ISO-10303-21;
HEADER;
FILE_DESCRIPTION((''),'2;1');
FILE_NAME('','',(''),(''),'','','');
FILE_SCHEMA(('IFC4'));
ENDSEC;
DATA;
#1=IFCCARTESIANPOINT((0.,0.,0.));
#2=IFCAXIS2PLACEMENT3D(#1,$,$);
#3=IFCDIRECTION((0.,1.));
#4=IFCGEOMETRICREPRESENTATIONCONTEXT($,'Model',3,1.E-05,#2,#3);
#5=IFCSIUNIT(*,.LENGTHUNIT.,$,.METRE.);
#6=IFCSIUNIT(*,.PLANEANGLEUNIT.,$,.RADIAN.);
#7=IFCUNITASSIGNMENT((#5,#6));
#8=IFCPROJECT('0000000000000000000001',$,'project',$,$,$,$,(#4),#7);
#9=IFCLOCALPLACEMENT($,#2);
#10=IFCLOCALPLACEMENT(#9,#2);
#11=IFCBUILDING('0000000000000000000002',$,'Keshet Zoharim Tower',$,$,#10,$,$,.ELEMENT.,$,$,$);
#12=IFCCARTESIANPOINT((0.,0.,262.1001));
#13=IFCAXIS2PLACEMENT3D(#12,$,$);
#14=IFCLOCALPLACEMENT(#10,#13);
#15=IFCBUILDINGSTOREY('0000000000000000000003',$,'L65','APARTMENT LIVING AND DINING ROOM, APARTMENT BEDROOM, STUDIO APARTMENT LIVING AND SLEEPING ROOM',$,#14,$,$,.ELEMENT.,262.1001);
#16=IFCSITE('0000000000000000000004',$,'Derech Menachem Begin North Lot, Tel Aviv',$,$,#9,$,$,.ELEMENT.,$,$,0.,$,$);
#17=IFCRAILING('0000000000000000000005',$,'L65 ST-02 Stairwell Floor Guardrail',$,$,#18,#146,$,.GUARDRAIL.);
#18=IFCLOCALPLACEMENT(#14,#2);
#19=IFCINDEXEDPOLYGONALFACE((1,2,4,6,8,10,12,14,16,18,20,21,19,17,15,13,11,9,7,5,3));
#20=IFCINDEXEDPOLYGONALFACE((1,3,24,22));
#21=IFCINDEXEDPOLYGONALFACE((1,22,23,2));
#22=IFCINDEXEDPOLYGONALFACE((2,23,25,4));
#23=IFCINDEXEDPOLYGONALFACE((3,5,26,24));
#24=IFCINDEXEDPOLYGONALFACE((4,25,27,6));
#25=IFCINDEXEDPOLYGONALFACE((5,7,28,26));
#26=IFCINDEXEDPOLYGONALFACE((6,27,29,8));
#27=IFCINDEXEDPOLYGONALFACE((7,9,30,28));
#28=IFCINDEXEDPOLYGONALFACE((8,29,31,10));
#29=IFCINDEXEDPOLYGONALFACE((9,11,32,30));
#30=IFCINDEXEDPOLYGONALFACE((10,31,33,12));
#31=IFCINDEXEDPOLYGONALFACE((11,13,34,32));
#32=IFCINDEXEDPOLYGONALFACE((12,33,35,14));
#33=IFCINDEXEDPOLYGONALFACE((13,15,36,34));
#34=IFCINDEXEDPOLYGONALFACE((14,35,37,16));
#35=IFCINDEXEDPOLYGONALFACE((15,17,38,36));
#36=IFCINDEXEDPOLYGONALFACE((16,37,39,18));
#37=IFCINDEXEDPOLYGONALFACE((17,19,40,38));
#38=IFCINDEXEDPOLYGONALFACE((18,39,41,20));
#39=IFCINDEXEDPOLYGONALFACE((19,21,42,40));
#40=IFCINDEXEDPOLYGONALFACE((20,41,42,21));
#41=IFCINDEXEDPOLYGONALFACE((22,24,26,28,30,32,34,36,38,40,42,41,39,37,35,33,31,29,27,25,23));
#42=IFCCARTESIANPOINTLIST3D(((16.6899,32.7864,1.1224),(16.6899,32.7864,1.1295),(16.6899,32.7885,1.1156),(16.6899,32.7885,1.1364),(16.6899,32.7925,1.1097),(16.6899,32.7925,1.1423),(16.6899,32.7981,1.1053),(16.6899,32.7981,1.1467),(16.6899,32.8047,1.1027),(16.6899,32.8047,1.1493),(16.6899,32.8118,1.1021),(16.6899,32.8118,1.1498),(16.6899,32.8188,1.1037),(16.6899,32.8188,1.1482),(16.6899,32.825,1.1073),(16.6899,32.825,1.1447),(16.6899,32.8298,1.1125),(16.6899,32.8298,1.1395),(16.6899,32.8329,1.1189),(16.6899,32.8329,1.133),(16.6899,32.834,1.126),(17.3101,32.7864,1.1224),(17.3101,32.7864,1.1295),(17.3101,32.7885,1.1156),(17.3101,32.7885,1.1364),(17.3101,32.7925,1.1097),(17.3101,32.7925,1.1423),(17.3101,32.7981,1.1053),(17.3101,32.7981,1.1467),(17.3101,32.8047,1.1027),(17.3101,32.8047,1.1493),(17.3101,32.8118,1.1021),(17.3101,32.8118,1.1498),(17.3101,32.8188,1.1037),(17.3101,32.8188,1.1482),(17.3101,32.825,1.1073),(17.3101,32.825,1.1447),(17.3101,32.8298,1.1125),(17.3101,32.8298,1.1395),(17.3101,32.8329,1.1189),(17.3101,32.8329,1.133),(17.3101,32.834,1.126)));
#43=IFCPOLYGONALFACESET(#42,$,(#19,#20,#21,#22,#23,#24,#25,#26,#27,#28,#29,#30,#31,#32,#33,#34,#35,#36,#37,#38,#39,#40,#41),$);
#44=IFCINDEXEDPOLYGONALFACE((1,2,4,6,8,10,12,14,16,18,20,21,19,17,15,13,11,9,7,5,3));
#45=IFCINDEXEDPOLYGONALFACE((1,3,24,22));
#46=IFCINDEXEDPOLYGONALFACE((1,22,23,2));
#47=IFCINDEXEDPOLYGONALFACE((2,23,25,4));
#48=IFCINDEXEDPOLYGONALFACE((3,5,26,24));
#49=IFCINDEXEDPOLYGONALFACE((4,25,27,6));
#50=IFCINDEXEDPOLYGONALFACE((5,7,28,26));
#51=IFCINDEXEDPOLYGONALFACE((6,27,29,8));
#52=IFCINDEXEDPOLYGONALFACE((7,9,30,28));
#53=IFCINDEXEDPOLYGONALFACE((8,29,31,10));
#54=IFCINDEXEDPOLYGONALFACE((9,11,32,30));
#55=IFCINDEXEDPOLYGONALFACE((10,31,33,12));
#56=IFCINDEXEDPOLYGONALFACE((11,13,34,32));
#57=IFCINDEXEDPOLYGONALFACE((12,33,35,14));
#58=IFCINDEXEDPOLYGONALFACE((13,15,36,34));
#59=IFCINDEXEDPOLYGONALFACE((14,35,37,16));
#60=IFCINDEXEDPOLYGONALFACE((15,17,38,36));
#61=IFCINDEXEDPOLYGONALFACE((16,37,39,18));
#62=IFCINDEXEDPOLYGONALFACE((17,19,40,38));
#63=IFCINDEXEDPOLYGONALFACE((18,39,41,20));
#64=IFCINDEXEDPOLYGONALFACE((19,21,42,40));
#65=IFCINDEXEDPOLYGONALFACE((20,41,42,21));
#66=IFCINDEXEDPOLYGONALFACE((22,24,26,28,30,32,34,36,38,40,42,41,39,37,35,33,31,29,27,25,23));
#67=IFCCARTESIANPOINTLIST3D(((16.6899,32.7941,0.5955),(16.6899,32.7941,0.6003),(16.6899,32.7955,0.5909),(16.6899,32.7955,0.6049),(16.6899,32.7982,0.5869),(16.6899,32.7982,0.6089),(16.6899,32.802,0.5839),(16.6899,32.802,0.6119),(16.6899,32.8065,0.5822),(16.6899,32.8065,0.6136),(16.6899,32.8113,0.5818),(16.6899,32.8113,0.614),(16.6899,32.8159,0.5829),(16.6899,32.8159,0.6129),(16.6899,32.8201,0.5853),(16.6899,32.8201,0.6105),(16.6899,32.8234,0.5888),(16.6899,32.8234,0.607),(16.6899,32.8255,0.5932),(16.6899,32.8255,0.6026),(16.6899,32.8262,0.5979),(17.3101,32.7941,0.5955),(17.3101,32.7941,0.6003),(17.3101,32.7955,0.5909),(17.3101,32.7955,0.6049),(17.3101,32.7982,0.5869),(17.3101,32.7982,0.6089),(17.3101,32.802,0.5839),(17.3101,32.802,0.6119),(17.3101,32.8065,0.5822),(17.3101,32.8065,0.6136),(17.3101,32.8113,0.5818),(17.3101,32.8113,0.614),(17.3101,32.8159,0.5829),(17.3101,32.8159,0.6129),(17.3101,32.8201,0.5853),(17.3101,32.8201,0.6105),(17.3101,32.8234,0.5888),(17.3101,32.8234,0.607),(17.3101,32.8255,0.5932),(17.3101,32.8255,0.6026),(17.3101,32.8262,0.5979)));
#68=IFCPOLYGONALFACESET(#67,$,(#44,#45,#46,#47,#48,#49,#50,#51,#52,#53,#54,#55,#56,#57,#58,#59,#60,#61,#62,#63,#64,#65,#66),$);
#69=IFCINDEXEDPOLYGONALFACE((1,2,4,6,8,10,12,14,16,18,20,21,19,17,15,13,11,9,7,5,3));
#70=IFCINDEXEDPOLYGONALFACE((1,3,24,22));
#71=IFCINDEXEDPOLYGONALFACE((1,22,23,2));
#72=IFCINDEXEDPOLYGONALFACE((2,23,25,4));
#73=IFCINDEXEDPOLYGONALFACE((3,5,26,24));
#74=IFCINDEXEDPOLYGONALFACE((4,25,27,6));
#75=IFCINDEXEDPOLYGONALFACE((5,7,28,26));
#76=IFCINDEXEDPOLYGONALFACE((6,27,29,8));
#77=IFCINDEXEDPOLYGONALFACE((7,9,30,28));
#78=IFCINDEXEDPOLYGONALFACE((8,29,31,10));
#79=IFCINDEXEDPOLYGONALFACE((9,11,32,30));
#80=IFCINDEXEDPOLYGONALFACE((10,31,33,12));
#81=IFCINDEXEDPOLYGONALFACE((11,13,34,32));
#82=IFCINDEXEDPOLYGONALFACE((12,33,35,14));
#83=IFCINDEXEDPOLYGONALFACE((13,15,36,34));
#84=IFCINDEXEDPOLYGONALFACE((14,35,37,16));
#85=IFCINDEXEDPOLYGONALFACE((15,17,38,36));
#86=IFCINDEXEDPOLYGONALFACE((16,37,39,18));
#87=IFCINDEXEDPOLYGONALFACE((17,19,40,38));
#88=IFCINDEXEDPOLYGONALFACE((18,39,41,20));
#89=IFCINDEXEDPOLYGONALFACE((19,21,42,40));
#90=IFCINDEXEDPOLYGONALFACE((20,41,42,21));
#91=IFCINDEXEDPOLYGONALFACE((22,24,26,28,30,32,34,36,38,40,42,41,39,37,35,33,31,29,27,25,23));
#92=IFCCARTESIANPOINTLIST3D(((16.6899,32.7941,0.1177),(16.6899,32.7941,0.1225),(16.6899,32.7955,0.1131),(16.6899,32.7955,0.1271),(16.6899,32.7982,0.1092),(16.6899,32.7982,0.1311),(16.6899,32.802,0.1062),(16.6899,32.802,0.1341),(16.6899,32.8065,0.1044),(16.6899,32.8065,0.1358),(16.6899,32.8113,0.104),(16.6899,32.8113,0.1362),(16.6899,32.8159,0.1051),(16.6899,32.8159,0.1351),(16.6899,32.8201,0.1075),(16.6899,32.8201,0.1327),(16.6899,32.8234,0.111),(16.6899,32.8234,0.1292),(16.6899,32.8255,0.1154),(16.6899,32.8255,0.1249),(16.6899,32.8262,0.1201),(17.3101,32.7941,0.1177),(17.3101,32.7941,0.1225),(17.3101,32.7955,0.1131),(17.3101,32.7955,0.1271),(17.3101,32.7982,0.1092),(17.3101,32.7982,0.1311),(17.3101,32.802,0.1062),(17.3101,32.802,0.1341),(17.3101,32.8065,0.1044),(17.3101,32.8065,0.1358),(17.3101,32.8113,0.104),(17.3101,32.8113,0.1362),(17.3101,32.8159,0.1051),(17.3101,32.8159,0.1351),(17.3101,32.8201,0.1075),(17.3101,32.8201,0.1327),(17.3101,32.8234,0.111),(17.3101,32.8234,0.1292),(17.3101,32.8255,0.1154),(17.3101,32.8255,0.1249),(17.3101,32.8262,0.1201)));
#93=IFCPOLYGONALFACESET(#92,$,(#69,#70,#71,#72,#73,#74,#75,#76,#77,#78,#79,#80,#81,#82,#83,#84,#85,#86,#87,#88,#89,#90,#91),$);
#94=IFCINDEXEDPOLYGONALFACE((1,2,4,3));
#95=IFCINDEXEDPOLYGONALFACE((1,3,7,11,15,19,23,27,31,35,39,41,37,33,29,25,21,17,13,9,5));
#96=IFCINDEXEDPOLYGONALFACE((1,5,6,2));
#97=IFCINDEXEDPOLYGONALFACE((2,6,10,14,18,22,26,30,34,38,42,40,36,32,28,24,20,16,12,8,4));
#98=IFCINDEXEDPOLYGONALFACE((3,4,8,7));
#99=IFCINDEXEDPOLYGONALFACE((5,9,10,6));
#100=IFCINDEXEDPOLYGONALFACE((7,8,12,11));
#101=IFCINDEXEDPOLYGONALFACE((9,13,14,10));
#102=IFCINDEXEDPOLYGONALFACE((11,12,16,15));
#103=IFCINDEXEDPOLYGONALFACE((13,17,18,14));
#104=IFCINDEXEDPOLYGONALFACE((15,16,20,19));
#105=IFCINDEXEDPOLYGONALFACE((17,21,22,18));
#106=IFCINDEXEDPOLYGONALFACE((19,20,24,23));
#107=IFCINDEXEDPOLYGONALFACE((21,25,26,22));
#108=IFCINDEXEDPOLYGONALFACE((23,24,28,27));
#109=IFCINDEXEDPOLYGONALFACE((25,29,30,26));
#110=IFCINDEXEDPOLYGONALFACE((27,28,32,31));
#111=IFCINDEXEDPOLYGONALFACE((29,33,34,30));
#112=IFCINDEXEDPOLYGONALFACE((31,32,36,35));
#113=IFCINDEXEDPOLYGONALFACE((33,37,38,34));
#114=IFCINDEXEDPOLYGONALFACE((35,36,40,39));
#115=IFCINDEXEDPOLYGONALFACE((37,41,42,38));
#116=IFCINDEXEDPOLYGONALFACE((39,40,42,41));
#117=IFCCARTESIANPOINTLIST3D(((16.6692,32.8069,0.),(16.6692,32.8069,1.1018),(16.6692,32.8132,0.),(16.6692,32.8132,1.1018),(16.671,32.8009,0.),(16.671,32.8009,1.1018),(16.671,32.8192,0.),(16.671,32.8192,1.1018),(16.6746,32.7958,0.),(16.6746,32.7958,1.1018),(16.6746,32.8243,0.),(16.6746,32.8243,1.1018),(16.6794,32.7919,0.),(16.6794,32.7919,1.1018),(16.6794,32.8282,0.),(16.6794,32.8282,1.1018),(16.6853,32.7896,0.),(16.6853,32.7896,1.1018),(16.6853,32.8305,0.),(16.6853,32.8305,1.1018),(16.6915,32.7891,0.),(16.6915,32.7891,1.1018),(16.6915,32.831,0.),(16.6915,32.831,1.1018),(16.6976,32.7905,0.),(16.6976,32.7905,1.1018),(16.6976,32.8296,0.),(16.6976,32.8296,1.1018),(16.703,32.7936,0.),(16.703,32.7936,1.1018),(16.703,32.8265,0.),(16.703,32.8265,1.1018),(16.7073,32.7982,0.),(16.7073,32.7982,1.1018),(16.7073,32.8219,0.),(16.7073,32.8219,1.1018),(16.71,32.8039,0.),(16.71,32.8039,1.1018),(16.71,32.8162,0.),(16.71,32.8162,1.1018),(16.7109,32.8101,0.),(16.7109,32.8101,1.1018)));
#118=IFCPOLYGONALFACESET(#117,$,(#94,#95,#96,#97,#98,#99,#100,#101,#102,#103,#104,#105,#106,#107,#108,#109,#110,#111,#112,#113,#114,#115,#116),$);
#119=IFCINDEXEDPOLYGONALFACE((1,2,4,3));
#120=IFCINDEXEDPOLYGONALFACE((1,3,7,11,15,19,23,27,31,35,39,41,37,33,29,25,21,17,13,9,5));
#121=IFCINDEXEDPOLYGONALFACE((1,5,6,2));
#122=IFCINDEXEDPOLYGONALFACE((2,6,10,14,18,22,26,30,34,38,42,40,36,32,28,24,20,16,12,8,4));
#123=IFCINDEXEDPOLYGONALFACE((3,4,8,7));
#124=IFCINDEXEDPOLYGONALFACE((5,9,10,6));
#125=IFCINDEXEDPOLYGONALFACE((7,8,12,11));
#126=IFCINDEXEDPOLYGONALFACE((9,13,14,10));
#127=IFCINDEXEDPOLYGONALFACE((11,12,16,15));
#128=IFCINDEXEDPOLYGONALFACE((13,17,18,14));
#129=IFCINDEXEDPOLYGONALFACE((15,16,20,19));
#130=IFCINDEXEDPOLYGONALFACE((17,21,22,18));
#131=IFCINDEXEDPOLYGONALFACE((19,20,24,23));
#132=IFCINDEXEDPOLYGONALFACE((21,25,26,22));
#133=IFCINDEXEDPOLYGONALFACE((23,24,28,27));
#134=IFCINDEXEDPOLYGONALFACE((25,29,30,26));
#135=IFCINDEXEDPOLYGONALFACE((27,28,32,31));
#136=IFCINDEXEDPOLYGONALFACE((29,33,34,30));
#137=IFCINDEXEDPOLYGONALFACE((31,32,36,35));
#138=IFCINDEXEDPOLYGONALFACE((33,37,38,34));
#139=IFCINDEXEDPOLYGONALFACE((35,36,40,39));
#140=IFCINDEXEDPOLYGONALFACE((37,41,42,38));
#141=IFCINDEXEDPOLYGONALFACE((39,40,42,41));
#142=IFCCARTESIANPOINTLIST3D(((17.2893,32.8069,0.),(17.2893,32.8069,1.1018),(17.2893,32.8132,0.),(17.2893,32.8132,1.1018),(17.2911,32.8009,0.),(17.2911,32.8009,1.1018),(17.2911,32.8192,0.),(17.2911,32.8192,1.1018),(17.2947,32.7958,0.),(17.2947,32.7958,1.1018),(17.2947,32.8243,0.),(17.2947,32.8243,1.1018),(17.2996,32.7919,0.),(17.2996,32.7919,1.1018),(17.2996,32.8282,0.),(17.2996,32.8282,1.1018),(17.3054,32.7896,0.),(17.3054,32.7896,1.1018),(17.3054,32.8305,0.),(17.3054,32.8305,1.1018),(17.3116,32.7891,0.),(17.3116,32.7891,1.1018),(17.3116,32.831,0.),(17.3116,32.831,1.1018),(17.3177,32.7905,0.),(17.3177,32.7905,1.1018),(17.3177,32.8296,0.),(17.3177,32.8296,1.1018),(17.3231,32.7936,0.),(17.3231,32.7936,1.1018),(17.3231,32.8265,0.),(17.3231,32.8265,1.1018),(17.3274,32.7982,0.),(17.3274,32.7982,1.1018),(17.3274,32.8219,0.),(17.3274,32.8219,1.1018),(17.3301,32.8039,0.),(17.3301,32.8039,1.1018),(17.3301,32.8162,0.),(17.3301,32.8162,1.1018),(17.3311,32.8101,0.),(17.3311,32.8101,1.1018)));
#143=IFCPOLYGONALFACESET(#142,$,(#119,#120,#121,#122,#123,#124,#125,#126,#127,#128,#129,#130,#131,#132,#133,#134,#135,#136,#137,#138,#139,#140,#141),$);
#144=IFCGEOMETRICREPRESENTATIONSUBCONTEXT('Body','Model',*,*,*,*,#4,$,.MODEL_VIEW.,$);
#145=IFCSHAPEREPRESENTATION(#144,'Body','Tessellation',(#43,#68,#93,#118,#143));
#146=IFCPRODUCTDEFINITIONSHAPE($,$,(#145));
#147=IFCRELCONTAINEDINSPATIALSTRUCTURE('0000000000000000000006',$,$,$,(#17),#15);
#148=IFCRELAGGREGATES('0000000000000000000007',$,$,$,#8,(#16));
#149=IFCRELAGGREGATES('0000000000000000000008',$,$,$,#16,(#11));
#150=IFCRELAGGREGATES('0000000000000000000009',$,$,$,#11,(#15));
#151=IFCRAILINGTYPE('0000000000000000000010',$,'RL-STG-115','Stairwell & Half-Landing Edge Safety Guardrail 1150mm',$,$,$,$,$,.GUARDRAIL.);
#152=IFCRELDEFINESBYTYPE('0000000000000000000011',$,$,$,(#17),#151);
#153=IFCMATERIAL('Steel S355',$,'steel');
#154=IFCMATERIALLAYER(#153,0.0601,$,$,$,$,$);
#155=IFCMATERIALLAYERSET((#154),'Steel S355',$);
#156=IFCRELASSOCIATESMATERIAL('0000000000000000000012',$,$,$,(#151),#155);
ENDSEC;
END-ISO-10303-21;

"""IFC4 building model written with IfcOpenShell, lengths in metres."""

from ifc_helpers import new_model, si_unit, direction, frame, origin, origin_2d, place, context, subcontext, project, spatial, circle, extrude, material, layer, layer_set, type_object, element, save


model = new_model("IFC4")

# Units and contexts
model_context = context("Model", 3, precision=1e-05, world=origin(), true_north=direction((0.0, 1.0)))
body_context = subcontext(model_context, "Body", "Model", "MODEL_VIEW")
ifc_project = project(units=[si_unit("LENGTHUNIT", "METRE"), si_unit("PLANEANGLEUNIT", "RADIAN")], contexts=[model_context])

# Site, building, storey
site_placement = place(None, origin())
site = spatial("IfcSite", under=ifc_project, at=site_placement, Name="Derech Menachem Begin North Lot, Tel Aviv", CompositionType="ELEMENT", RefElevation=0.0)
building_placement = place(site_placement, origin())
building = spatial("IfcBuilding", under=site, at=building_placement, Name="Keshet Zoharim Tower", CompositionType="ELEMENT")
storey_placement = place(building_placement, frame((0.0, 0.0, 262.1001)))
storey = spatial("IfcBuildingStorey", under=building, at=storey_placement, Name="L65", Description="APARTMENT LIVING AND DINING ROOM, APARTMENT BEDROOM, STUDIO APARTMENT LIVING AND SLEEPING ROOM", CompositionType="ELEMENT", Elevation=262.1001)

# Shared definitions
ifc_material_1 = material(Name="Steel S355", Category="steel")

# Railing
ifc_layer_1 = layer(ifc_material_1, 0.0601)
ifc_layer_set_1 = layer_set([ifc_layer_1], Name="Steel S355")
railing_type_1 = type_object("IfcRailingType", Name="RL-STG-115", Description="Stairwell & Half-Landing Edge Safety Guardrail 1150mm", PredefinedType="GUARDRAIL", material=ifc_layer_set_1)
railing_1_placement = place(storey_placement, frame((16.6899, 32.8101, 0.0)))
element("IfcRailing", 1, at=railing_1_placement, inside=storey, type_object=railing_type_1, Name="L65 ST-02 Stairwell Floor Guardrail", PredefinedType="GUARDRAIL", context=body_context, shape_type="SweptSolid", body=[
    extrude(circle(Radius=0.0239, at=origin_2d()), frame((0.0, 0.0, 1.126), z_axis=(1.0, 0.0, 0.0), x_axis=(0.0, 1.0, 0.0)), (0.0, 0.0, 1.0), 0.6201),
    extrude(circle(Radius=0.0161, at=origin_2d()), frame((0.0, 0.0, 0.5979), z_axis=(1.0, 0.0, 0.0), x_axis=(0.0, 1.0, 0.0)), (0.0, 0.0, 1.0), 0.6201),
    extrude(circle(Radius=0.0161, at=origin_2d()), frame((0.0, 0.0, 0.1201), z_axis=(1.0, 0.0, 0.0), x_axis=(0.0, 1.0, 0.0)), (0.0, 0.0, 1.0), 0.6201),
    extrude(circle(Radius=0.021, at=origin_2d()), origin(), (0.0, 0.0, 1.0), 1.1018),
    extrude(circle(Radius=0.021, at=origin_2d()), frame((0.6201, 0.0, 0.0)), (0.0, 0.0, 1.0), 1.1018),
])

save(model, "model.ifc")
